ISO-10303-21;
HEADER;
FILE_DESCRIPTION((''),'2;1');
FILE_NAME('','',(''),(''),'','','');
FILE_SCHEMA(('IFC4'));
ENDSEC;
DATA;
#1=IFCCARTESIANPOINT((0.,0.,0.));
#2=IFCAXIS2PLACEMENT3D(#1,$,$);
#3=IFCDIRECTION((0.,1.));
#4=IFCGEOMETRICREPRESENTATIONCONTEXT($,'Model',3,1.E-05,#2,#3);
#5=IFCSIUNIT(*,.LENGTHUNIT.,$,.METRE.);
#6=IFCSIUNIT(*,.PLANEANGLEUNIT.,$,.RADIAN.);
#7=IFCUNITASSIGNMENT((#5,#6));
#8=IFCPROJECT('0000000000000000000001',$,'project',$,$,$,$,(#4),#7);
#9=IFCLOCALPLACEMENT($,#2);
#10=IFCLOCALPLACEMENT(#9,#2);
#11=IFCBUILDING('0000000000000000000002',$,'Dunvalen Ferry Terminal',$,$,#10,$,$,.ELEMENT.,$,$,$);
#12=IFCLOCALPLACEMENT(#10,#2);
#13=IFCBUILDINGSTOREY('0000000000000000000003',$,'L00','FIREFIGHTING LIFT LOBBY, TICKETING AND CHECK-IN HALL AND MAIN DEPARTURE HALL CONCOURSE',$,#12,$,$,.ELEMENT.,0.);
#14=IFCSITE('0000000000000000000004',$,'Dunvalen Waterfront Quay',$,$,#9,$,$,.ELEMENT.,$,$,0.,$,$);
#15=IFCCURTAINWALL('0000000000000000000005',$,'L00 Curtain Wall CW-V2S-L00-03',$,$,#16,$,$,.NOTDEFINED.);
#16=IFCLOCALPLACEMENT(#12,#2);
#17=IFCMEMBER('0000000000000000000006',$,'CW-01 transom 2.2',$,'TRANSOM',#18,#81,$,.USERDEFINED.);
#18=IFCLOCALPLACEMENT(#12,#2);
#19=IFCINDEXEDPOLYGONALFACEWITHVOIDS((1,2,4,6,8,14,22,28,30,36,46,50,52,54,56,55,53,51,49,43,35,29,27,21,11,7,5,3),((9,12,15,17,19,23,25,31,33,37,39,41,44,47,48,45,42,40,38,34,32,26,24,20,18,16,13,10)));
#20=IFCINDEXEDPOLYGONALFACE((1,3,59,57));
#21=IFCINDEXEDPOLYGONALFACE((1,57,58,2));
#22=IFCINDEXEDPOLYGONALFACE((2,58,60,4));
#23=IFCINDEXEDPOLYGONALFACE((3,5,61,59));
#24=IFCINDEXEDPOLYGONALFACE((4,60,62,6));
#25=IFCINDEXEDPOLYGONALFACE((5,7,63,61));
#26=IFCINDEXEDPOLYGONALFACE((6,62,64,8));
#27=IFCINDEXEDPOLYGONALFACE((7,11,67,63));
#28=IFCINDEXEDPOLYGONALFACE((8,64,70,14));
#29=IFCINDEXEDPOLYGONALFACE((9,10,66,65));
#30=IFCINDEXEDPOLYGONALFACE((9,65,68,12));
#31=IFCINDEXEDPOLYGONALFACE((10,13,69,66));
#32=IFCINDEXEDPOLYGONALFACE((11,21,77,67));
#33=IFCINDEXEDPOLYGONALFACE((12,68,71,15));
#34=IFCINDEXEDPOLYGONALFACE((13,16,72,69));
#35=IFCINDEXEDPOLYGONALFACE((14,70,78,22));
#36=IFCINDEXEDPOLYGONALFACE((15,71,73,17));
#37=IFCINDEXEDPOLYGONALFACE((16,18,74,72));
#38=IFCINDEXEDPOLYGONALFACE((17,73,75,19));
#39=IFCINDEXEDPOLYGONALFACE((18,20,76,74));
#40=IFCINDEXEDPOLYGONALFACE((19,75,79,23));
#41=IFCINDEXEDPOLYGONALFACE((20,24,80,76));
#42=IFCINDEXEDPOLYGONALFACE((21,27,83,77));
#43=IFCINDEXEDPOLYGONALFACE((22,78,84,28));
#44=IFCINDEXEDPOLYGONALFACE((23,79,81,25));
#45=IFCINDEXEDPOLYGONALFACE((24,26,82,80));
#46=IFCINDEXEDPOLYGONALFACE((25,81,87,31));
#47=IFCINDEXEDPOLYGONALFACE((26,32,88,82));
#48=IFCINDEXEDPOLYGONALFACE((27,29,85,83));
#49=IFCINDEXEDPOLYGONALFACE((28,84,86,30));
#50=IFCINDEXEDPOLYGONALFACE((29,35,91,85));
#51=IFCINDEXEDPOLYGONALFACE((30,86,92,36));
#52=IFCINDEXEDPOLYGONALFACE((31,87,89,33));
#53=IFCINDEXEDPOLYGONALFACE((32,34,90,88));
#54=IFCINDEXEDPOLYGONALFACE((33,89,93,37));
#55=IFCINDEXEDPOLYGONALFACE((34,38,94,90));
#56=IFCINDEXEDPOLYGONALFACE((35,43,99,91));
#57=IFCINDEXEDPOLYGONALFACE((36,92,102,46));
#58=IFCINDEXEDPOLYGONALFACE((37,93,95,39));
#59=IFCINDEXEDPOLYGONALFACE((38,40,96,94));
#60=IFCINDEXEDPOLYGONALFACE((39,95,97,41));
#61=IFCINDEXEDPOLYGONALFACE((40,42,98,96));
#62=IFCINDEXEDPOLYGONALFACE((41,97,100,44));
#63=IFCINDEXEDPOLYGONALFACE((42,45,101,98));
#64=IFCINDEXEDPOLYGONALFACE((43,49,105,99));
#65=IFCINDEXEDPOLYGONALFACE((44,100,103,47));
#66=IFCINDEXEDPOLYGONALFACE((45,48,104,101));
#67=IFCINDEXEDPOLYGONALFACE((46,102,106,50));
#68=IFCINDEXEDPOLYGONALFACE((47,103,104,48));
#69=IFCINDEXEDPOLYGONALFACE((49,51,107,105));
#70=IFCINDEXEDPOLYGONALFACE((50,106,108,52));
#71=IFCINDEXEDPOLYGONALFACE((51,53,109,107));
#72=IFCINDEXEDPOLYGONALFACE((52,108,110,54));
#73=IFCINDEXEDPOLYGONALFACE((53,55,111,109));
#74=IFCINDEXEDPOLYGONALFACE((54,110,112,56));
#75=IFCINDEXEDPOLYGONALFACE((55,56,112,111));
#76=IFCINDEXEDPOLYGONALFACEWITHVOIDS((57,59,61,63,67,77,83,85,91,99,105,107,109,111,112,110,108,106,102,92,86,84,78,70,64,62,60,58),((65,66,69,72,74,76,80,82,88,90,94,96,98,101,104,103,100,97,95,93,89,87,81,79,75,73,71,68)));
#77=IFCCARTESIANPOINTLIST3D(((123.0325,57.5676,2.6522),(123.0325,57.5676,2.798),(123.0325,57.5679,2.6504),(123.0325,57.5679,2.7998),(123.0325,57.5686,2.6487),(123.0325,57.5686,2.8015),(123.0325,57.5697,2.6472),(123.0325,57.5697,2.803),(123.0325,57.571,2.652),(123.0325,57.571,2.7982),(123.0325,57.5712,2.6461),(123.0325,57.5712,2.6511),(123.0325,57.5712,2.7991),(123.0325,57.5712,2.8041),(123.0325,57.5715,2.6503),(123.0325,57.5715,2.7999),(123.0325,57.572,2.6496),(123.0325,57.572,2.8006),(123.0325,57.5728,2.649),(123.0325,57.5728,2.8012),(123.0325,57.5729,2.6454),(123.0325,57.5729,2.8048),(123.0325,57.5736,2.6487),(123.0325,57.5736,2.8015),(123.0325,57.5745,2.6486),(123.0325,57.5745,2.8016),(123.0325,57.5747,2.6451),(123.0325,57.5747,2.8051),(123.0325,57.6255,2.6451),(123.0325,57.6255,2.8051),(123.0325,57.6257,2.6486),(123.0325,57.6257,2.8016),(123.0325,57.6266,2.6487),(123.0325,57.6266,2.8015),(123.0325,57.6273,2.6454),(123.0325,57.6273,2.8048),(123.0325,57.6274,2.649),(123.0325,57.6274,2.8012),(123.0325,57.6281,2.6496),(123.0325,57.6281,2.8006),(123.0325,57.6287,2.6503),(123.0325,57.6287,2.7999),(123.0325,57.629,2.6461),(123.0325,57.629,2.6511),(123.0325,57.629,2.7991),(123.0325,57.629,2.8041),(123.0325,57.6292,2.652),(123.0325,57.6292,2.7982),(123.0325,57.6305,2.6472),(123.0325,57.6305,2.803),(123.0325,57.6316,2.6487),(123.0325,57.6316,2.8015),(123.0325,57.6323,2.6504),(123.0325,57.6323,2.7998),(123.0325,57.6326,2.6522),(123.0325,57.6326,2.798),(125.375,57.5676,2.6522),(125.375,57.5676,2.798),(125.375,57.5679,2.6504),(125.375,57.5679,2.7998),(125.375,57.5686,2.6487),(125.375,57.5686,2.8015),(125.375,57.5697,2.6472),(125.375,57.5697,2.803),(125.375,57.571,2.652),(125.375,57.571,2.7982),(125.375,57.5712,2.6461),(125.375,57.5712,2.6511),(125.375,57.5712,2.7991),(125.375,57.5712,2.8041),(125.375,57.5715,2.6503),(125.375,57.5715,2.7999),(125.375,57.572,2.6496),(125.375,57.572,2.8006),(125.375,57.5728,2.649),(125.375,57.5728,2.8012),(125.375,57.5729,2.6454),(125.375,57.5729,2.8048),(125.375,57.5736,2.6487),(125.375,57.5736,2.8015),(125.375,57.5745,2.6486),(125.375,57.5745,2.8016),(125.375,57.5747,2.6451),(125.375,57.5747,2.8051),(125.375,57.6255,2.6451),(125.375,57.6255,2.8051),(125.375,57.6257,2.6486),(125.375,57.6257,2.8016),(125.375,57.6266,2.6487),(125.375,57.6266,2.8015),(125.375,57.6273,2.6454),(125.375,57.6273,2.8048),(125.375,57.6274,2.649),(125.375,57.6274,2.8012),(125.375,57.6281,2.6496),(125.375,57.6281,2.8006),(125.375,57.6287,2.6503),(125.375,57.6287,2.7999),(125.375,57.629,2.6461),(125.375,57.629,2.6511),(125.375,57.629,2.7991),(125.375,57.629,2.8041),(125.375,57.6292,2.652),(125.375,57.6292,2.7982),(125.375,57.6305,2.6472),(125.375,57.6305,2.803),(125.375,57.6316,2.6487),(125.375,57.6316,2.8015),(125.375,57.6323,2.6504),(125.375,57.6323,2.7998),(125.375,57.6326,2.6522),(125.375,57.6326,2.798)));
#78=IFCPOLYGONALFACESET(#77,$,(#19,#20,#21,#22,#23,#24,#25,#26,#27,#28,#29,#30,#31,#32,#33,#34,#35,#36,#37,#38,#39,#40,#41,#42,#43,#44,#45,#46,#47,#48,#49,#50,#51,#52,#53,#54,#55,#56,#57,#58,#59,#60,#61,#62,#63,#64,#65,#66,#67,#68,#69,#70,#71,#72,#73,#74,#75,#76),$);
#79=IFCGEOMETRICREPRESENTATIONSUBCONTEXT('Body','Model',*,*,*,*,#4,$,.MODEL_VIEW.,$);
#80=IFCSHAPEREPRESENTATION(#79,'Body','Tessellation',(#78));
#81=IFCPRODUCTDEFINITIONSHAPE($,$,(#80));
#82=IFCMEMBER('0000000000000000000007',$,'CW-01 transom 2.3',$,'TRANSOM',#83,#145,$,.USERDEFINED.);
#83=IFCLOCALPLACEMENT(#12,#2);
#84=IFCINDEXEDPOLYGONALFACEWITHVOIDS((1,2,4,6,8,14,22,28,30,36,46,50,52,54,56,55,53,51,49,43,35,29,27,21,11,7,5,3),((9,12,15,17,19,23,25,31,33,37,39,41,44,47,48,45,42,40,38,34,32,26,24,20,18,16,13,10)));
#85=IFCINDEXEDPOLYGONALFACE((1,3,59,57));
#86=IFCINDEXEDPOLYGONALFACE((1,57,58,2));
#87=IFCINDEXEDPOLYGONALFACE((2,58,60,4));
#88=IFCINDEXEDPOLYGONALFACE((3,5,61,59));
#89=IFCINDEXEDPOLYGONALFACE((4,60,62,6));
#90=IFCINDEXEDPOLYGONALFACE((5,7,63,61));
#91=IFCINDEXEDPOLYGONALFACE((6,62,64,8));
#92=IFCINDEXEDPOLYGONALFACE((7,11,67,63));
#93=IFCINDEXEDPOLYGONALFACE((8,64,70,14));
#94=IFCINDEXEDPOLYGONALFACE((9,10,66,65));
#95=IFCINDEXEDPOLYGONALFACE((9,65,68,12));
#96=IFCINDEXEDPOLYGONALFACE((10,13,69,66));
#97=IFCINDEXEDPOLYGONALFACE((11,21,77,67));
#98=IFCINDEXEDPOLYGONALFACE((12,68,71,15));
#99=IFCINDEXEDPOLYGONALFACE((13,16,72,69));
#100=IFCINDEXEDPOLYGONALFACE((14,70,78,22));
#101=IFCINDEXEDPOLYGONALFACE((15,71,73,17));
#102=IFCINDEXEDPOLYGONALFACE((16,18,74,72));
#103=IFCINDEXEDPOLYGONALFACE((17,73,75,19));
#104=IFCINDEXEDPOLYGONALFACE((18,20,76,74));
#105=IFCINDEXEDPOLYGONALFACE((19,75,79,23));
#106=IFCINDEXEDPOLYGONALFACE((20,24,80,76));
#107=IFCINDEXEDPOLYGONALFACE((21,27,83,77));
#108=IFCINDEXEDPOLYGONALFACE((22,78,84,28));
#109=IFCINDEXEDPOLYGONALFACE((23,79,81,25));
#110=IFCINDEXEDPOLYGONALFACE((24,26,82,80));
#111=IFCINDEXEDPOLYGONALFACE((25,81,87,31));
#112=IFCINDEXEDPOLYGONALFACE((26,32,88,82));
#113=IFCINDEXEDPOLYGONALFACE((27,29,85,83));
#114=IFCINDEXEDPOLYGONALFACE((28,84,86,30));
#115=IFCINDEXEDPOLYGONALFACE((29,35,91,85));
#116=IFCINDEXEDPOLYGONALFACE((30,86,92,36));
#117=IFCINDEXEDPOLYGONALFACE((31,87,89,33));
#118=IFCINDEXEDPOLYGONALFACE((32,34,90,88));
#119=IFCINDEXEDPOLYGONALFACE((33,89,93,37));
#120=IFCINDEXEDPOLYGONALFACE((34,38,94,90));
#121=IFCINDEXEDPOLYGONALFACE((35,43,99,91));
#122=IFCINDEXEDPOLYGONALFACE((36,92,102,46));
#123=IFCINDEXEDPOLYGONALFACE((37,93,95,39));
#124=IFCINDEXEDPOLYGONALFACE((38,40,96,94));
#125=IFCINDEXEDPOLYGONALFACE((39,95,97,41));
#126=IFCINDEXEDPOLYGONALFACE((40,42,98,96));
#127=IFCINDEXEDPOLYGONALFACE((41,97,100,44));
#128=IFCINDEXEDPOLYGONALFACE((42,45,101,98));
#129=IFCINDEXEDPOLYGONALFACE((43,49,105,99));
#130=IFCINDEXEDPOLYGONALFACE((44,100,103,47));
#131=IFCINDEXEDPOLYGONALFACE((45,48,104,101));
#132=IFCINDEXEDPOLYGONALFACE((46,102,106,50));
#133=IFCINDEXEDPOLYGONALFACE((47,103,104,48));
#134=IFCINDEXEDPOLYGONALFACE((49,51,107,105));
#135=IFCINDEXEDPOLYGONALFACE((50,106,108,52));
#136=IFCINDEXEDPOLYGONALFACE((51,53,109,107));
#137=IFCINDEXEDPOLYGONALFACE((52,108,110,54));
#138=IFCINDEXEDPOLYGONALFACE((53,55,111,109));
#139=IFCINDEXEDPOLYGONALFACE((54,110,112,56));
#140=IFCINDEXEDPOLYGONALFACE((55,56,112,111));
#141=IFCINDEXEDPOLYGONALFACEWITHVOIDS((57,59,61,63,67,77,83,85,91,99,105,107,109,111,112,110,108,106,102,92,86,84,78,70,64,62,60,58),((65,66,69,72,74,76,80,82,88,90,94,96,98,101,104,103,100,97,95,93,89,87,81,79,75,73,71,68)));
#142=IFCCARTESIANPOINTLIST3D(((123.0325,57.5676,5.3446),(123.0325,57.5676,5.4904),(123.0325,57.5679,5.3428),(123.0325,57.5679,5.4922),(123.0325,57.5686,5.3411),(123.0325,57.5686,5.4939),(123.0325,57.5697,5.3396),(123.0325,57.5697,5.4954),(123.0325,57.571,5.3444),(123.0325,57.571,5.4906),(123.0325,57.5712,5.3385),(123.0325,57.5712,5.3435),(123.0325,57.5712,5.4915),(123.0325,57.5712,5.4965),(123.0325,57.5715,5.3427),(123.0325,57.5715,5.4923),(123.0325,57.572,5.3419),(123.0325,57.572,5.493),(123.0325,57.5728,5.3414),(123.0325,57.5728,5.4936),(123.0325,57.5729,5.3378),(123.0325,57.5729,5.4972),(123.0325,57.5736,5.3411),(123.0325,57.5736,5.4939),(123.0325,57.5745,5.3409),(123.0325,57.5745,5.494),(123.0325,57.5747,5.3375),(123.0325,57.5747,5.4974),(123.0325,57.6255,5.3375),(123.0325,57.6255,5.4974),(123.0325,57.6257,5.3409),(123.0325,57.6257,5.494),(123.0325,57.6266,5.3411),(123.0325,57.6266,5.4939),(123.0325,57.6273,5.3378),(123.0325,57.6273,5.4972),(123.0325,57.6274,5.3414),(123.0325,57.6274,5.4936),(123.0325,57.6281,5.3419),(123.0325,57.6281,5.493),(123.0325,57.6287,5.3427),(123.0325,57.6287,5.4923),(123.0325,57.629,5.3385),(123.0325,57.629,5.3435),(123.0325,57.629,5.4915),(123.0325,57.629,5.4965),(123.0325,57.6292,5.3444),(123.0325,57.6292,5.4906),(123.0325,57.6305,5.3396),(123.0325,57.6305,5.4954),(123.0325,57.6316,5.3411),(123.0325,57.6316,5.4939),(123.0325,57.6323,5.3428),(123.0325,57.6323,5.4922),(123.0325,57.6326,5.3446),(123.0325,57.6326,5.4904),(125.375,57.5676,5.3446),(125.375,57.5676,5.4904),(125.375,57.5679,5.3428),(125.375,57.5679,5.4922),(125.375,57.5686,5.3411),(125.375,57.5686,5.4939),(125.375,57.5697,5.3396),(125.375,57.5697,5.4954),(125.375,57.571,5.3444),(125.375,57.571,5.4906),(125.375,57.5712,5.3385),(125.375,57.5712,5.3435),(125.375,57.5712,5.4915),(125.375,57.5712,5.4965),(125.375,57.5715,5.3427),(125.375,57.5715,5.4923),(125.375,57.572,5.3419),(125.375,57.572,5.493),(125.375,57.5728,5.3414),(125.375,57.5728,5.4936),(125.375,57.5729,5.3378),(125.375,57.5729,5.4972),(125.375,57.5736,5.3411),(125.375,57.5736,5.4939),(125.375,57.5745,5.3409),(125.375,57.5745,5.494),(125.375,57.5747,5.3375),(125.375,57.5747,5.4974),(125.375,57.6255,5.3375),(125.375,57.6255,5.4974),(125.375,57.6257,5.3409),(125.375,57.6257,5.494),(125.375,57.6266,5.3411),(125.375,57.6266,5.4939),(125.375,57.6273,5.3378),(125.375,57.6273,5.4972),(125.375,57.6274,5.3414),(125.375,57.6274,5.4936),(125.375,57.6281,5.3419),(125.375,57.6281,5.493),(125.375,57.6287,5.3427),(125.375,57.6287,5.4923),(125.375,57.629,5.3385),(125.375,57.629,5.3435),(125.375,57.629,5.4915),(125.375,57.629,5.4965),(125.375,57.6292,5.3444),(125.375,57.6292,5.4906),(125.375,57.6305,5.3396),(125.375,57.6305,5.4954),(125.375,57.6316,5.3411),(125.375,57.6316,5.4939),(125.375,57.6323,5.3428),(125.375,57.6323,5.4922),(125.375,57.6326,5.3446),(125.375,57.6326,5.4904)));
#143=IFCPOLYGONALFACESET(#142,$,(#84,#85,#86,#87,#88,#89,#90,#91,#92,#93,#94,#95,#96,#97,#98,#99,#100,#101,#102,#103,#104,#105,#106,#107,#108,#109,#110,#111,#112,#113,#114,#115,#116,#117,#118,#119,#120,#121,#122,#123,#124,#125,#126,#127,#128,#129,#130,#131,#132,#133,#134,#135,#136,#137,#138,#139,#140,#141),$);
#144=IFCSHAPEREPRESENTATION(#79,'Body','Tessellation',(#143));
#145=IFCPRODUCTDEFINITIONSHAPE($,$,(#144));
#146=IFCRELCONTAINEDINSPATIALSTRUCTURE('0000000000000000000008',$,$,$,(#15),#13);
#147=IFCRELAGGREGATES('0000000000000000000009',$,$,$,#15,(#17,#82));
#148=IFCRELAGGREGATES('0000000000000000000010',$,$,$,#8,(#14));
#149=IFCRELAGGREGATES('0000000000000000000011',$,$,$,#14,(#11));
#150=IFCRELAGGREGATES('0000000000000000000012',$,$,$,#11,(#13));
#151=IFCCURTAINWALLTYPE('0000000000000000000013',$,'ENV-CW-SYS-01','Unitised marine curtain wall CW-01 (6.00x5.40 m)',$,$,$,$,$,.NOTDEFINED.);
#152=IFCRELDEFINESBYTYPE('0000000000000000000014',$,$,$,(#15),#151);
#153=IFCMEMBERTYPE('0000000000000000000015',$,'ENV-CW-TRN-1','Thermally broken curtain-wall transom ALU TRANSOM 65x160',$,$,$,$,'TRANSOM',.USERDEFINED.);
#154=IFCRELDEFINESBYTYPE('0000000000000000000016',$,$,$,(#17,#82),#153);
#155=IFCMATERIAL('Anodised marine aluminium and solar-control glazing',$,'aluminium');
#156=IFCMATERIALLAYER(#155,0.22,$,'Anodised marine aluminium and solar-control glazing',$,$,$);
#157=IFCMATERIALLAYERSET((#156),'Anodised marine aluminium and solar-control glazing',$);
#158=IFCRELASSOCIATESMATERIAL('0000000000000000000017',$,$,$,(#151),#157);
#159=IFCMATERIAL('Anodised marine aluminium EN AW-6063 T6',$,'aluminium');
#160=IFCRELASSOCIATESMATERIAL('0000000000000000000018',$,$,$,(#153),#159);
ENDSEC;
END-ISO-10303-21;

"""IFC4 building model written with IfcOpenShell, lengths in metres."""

from ifc_helpers import new_model, si_unit, direction, frame, origin, origin_2d, place, context, subcontext, project, spatial, hollow_rectangle, extrude, material, layer, layer_set, material_profile, profile_set, type_object, element, aggregate, save


model = new_model("IFC4")

# Units and contexts
model_context = context("Model", 3, precision=1e-05, world=origin(), true_north=direction((0.0, 1.0)))
body_context = subcontext(model_context, "Body", "Model", "MODEL_VIEW")
ifc_project = project(units=[si_unit("LENGTHUNIT", "METRE"), si_unit("PLANEANGLEUNIT", "RADIAN")], contexts=[model_context])

# Site, building, storey
site_placement = place(None, origin())
site = spatial("IfcSite", under=ifc_project, at=site_placement, Name="Dunvalen Waterfront Quay", CompositionType="ELEMENT", RefElevation=0.0)
building_placement = place(site_placement, origin())
building = spatial("IfcBuilding", under=site, at=building_placement, Name="Dunvalen Ferry Terminal", CompositionType="ELEMENT")
storey_placement = place(building_placement, origin())
storey = spatial("IfcBuildingStorey", under=building, at=storey_placement, Name="L00", Description="FIREFIGHTING LIFT LOBBY, TICKETING AND CHECK-IN HALL AND MAIN DEPARTURE HALL CONCOURSE", CompositionType="ELEMENT", Elevation=0.0)

# Curtain wall
ifc_material_1 = material(Name="Anodised marine aluminium and solar-control glazing", Category="aluminium")
ifc_layer_1 = layer(ifc_material_1, 0.22, Name="Anodised marine aluminium and solar-control glazing")
ifc_layer_set_1 = layer_set([ifc_layer_1], Name="Anodised marine aluminium and solar-control glazing")
curtain_wall_type = type_object("IfcCurtainWallType", Name="ENV-CW-SYS-01", Description="Unitised marine curtain wall CW-01 (6.00x5.40 m)", PredefinedType="NOTDEFINED", material=ifc_layer_set_1)
curtain_wall_1_placement = place(storey_placement, origin())
curtain_wall_1 = element("IfcCurtainWall", 1, at=curtain_wall_1_placement, inside=storey, type_object=curtain_wall_type, Name="L00 Curtain Wall CW-V2S-L00-03", PredefinedType="NOTDEFINED")
ifc_material_2 = material(Name="Anodised marine aluminium EN AW-6063 T6", Category="aluminium")

# Members
ifc_material_profile_1 = material_profile(ifc_material_2, hollow_rectangle(XDim=0.0649, YDim=0.1599, WallThickness=0.0034, InnerFilletRadius=0.0034, OuterFilletRadius=0.0071, at=origin_2d()), Name="Anodised marine aluminium EN AW-6063 T6")
ifc_profile_set_1 = profile_set([ifc_material_profile_1], Name="Anodised marine aluminium EN AW-6063 T6")
member_type_1 = type_object("IfcMemberType", Name="ENV-CW-TRN-1", Description="Thermally broken curtain-wall transom ALU TRANSOM 65x160", ElementType="TRANSOM", PredefinedType="USERDEFINED", material=ifc_profile_set_1)
member_1_placement = place(storey_placement, frame((123.0325, 57.6001, 2.7251), z_axis=(1.0, 0.0, 0.0), x_axis=(0.0, 1.0, 0.0)))
member_1 = element("IfcMember", 2, at=member_1_placement, type_object=member_type_1, Name="CW-01 transom 2.2", ObjectType="TRANSOM", PredefinedType="USERDEFINED", context=body_context, shape_type="SweptSolid", body=[
    extrude(hollow_rectangle(XDim=0.0649, YDim=0.1599, WallThickness=0.0034, InnerFilletRadius=0.0034, OuterFilletRadius=0.0071, at=origin_2d()), origin(), (0.0, 0.0, 1.0), 2.3425),
])
member_2_placement = place(storey_placement, frame((123.0325, 57.6001, 5.4175), z_axis=(1.0, 0.0, 0.0), x_axis=(0.0, 1.0, 0.0)))
member_2 = element("IfcMember", 3, at=member_2_placement, type_object=member_type_1, Name="CW-01 transom 2.3", ObjectType="TRANSOM", PredefinedType="USERDEFINED", context=body_context, shape_type="SweptSolid", body=[
    extrude(hollow_rectangle(XDim=0.0649, YDim=0.1599, WallThickness=0.0034, InnerFilletRadius=0.0034, OuterFilletRadius=0.0071, at=origin_2d()), origin(), (0.0, 0.0, 1.0), 2.3425),
])

aggregate(curtain_wall_1, [member_1, member_2])

save(model, "model.ifc")
